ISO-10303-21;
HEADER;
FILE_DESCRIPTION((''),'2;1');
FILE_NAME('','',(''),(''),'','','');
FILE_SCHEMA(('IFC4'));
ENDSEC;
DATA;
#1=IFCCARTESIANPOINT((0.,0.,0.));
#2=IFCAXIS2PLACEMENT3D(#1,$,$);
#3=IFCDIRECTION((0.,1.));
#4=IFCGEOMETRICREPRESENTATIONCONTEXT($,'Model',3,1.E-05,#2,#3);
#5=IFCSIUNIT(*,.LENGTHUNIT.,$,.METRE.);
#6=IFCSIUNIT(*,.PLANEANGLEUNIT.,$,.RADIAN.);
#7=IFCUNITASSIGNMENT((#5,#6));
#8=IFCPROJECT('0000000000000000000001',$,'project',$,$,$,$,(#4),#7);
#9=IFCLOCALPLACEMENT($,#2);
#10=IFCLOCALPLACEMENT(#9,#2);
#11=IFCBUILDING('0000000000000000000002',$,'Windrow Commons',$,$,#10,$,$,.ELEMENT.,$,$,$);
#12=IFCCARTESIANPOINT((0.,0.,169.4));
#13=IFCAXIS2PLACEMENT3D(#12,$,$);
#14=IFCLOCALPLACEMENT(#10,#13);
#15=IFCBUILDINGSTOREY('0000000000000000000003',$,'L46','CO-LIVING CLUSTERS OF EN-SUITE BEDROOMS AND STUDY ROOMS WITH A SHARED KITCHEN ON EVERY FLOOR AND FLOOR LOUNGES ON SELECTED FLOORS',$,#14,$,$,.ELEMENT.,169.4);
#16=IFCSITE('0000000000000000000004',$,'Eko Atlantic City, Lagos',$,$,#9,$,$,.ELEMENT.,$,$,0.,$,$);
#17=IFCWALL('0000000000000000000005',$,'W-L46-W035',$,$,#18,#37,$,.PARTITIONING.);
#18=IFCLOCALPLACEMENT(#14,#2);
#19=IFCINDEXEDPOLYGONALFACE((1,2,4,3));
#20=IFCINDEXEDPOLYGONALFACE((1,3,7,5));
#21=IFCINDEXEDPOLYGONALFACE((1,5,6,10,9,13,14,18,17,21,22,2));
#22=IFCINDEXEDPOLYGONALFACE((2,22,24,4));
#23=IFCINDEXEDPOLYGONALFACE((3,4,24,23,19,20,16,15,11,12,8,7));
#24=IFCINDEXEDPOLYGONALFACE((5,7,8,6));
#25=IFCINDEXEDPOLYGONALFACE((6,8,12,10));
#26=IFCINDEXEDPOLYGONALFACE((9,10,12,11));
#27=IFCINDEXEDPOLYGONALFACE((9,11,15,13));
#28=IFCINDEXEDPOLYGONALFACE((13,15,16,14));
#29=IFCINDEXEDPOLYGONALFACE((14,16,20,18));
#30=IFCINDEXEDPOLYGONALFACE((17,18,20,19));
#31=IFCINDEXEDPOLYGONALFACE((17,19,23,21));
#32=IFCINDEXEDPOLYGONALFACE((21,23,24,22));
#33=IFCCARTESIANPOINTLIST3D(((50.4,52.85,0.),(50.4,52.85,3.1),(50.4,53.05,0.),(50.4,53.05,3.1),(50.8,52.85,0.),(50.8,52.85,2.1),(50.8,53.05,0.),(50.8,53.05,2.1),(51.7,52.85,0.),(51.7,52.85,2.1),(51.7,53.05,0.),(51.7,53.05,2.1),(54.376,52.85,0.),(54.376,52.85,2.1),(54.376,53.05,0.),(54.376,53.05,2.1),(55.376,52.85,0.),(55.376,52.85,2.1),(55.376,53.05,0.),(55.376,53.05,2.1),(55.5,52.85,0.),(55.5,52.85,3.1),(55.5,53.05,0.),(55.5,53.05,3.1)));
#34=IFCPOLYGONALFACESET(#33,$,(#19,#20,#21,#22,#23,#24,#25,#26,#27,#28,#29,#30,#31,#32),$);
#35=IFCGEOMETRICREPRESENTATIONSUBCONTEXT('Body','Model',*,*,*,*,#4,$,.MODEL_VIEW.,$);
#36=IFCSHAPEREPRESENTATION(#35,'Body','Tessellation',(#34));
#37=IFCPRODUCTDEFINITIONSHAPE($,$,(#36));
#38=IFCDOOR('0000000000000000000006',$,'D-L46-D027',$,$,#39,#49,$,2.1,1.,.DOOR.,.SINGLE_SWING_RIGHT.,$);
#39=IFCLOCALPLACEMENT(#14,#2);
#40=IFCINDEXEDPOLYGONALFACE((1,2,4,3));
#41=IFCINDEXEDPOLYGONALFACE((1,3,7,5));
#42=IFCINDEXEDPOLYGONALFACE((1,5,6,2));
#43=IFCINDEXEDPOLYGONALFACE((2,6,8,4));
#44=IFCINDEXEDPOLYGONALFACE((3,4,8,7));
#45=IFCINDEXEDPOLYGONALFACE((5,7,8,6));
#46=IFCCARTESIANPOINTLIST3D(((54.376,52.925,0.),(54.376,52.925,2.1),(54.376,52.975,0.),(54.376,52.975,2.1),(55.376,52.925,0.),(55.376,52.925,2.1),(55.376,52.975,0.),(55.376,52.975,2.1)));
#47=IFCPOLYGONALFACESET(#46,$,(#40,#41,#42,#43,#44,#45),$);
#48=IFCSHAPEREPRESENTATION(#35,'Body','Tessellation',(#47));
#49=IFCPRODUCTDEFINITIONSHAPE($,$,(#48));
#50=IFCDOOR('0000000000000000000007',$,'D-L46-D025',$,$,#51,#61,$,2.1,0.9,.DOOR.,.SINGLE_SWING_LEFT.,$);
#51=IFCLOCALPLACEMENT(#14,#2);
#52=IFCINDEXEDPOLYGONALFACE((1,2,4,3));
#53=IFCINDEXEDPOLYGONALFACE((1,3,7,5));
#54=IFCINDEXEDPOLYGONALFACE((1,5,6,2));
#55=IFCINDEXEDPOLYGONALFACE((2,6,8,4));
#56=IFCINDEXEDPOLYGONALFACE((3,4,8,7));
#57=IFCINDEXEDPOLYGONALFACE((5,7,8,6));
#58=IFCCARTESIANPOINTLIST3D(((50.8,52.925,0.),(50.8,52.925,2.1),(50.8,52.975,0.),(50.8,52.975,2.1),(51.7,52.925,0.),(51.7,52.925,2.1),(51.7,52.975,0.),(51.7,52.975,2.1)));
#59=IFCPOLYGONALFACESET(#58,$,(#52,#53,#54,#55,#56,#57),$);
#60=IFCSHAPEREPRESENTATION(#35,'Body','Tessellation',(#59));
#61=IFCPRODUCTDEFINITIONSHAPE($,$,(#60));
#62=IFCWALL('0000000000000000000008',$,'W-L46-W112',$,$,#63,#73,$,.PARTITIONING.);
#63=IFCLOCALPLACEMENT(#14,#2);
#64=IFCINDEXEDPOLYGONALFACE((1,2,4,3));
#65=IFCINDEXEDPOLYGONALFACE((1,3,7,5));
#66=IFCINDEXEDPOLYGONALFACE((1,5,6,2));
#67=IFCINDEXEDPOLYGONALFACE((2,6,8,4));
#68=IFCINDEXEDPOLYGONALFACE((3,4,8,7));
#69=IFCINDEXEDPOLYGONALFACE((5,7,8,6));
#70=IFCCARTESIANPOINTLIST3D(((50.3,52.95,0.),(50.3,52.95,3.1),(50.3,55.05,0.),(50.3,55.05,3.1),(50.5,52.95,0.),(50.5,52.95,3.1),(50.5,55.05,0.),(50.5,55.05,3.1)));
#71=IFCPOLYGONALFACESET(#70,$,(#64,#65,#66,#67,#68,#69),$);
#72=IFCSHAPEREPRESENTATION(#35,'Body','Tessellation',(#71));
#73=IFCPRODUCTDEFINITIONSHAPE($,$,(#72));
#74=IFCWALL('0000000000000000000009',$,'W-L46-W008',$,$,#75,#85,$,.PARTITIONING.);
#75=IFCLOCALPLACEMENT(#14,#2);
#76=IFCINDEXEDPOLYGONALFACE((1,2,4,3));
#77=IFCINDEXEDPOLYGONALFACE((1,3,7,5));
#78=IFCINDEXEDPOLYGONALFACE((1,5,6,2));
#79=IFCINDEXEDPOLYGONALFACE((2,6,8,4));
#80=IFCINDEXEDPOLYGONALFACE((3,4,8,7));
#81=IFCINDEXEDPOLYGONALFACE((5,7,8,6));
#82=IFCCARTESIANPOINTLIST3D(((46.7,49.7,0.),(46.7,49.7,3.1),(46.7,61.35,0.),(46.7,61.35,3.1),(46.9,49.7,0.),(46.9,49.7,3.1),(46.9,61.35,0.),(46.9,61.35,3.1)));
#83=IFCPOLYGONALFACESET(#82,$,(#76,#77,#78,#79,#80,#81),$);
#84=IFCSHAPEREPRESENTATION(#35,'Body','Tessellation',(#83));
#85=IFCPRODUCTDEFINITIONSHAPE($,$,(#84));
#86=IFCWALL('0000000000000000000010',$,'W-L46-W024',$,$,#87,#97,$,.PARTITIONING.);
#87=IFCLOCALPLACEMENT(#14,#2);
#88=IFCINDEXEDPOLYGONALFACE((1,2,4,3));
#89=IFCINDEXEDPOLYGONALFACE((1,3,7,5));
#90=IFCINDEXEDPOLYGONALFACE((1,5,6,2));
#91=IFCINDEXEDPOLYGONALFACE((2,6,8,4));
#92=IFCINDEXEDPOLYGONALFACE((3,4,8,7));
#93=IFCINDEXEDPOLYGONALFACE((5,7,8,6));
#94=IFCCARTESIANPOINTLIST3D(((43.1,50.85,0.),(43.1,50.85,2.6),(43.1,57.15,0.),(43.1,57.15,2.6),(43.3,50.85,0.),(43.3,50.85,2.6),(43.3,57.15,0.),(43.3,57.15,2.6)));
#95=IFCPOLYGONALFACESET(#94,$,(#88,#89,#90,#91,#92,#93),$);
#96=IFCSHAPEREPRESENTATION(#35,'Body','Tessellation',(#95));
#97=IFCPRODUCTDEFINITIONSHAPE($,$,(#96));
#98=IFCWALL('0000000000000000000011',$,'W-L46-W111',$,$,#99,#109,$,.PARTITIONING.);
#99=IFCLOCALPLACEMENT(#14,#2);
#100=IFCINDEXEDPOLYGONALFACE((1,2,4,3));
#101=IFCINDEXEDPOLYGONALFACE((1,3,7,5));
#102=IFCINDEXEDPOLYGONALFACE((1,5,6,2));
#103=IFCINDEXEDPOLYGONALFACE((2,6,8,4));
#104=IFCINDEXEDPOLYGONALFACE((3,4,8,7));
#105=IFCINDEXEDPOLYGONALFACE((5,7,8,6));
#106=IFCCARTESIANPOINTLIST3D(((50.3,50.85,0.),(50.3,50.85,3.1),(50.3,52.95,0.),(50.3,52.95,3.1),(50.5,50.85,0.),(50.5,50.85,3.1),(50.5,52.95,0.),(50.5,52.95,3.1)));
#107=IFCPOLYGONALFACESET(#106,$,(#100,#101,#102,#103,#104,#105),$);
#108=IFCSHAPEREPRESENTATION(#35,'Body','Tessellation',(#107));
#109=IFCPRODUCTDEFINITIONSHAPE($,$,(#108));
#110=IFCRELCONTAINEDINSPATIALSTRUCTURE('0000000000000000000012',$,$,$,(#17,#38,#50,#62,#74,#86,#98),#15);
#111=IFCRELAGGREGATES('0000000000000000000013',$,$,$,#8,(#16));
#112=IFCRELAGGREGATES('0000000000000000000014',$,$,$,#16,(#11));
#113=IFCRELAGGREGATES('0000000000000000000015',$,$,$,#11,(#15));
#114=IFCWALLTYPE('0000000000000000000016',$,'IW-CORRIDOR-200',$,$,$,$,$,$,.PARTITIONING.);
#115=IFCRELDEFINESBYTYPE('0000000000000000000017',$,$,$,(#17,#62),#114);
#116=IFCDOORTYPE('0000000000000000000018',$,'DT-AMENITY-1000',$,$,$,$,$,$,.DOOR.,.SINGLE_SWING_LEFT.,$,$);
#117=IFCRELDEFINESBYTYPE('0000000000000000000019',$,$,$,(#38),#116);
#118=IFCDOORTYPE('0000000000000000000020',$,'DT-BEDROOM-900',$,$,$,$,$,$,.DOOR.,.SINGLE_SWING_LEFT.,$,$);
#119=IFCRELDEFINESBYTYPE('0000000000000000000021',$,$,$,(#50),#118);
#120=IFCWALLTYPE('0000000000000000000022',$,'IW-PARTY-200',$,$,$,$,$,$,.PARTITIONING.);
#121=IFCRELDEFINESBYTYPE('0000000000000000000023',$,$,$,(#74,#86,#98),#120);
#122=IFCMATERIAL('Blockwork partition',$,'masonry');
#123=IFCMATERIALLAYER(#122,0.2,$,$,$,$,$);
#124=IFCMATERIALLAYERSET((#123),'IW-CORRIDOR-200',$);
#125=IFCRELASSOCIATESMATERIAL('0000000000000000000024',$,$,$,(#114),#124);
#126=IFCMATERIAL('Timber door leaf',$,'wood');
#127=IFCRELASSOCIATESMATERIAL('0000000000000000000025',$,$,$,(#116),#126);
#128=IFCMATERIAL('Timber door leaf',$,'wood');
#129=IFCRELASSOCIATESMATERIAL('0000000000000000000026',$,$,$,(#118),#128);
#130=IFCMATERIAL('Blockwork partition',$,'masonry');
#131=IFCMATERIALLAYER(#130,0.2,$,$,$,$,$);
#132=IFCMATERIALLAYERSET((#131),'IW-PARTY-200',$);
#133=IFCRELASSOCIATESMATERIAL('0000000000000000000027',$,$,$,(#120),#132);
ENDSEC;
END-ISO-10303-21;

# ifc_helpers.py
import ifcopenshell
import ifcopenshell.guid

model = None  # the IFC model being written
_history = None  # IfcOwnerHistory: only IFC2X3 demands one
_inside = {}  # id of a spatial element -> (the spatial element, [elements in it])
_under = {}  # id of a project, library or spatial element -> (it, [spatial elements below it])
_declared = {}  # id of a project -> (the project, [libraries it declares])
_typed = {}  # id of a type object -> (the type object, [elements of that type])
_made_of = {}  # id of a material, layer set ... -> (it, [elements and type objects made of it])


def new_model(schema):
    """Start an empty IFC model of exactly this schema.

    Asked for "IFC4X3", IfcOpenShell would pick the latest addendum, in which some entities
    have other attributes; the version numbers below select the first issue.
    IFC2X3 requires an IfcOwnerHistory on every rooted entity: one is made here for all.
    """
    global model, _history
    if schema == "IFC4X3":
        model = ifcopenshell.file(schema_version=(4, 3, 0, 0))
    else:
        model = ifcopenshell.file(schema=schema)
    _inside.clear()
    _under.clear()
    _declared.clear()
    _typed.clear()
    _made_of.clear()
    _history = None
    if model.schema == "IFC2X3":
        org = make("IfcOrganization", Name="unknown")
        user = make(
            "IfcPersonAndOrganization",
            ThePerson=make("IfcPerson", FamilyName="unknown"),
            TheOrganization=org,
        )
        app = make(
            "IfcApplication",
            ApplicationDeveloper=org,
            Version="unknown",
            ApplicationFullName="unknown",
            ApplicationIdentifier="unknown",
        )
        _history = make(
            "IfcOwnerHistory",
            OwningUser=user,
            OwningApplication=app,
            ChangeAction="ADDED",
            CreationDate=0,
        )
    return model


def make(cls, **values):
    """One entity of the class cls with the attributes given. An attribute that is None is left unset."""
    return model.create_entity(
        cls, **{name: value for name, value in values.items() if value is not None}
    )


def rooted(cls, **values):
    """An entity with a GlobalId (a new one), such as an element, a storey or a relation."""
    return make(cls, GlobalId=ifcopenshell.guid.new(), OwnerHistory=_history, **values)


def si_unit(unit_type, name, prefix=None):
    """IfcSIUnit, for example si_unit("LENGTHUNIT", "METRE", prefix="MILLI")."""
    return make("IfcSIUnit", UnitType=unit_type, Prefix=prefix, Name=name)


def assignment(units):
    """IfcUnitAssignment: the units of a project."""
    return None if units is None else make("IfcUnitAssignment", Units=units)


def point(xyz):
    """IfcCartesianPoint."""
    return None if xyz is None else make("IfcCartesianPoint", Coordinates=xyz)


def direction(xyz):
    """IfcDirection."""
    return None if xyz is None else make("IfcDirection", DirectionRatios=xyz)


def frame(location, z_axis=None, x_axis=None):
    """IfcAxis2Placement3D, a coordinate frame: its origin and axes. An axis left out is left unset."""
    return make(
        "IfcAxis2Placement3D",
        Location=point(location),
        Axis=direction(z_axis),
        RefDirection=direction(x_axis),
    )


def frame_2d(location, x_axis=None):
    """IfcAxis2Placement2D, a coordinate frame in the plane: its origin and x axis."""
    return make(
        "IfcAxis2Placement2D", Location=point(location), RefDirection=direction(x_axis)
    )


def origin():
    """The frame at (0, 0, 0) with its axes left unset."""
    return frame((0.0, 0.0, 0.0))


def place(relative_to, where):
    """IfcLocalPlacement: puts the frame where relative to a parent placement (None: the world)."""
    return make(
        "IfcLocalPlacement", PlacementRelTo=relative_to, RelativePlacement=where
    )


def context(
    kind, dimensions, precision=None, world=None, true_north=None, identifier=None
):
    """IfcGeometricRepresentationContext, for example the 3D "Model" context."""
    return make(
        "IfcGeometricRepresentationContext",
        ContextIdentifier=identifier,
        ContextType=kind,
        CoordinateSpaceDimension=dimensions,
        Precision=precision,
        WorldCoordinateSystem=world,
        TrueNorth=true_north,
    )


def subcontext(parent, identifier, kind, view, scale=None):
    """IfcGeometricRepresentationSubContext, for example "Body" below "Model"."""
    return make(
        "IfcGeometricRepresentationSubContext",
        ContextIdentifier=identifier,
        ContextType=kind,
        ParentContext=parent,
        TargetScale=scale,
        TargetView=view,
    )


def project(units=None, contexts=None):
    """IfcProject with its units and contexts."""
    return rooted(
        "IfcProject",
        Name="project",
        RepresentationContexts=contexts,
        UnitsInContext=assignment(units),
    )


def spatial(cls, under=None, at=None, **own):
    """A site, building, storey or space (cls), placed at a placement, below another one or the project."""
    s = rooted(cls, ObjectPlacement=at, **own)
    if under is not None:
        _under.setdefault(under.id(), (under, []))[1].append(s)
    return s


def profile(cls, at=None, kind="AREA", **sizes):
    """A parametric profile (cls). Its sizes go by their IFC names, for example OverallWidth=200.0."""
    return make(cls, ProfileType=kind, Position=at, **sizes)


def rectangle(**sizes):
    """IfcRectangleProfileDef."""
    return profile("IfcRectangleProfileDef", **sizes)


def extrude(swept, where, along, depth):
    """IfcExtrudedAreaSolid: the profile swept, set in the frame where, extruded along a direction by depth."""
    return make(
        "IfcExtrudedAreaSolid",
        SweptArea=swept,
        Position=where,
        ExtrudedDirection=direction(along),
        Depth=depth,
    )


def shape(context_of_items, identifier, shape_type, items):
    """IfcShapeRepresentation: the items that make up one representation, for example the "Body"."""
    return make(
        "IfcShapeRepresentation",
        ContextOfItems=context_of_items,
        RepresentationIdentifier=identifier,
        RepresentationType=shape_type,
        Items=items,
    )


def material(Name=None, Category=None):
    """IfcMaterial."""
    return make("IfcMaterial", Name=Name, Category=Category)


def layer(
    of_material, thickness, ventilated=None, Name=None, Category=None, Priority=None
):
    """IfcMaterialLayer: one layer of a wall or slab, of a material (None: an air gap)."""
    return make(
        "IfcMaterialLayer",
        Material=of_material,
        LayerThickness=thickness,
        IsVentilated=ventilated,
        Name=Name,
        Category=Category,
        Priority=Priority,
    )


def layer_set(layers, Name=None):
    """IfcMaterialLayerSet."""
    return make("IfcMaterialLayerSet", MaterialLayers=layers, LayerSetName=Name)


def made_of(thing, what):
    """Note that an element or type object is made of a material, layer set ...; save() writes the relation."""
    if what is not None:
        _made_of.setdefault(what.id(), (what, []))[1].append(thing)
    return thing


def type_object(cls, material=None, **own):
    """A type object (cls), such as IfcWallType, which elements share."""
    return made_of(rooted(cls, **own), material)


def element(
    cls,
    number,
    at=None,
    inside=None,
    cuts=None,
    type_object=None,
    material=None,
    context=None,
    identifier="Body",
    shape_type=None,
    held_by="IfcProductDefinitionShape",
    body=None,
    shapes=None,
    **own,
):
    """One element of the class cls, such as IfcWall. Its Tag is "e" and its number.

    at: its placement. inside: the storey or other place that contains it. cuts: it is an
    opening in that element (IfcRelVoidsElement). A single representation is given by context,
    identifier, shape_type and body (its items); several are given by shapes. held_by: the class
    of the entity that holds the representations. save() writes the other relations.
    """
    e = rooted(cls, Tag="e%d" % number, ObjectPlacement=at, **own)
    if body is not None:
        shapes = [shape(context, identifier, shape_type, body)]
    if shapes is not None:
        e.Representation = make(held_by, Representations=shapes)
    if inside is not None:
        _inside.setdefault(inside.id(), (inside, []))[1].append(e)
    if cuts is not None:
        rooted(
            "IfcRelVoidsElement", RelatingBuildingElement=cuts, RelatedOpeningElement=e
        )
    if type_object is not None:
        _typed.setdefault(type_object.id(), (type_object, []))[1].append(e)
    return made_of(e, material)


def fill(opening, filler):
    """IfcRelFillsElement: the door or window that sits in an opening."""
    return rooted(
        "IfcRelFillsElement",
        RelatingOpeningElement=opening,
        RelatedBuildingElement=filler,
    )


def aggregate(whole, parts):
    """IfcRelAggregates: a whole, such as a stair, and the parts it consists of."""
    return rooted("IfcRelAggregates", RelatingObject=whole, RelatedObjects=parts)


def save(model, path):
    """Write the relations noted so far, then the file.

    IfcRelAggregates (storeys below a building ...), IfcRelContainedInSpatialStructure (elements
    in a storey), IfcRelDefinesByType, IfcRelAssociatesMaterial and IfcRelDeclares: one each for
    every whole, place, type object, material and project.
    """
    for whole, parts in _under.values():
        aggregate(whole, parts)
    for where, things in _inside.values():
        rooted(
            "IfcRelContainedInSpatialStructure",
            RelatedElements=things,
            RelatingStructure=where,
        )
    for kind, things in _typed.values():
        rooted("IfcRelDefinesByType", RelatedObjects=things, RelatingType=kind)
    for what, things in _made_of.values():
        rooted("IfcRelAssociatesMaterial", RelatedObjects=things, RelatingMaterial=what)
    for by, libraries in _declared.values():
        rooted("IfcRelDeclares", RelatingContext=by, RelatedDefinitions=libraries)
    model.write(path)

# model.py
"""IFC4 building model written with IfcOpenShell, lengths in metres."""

from ifc_helpers import new_model, si_unit, direction, frame, frame_2d, origin, place, context, subcontext, project, spatial, rectangle, extrude, material, layer, layer_set, type_object, element, fill, save


model = new_model("IFC4")

# Units and contexts
model_context = context("Model", 3, precision=1e-05, world=origin(), true_north=direction((0.0, 1.0)))
body_context = subcontext(model_context, "Body", "Model", "MODEL_VIEW")
ifc_project = project(units=[si_unit("LENGTHUNIT", "METRE"), si_unit("PLANEANGLEUNIT", "RADIAN")], contexts=[model_context])

# Site, building, storey
site_placement = place(None, origin())
site = spatial("IfcSite", under=ifc_project, at=site_placement, Name="Eko Atlantic City, Lagos", CompositionType="ELEMENT", RefElevation=0.0)
building_placement = place(site_placement, origin())
building = spatial("IfcBuilding", under=site, at=building_placement, Name="Windrow Commons", CompositionType="ELEMENT")
storey_placement = place(building_placement, frame((0.0, 0.0, 169.4)))
storey = spatial("IfcBuildingStorey", under=building, at=storey_placement, Name="L46", Description="CO-LIVING CLUSTERS OF EN-SUITE BEDROOMS AND STUDY ROOMS WITH A SHARED KITCHEN ON EVERY FLOOR AND FLOOR LOUNGES ON SELECTED FLOORS", CompositionType="ELEMENT", Elevation=169.4)

# Wall, openings, doors
ifc_material_1 = material(Name="Blockwork partition", Category="masonry")
ifc_layer_1 = layer(ifc_material_1, 0.2)
ifc_layer_set_1 = layer_set([ifc_layer_1], Name="IW-CORRIDOR-200")
wall_type_1 = type_object("IfcWallType", Name="IW-CORRIDOR-200", PredefinedType="PARTITIONING", material=ifc_layer_set_1)
wall_1_placement = place(storey_placement, frame((50.4, 52.95, 0.0), z_axis=(0.0, 0.0, 1.0), x_axis=(1.0, 0.0, 0.0)))
wall_1 = element("IfcWall", 1, at=wall_1_placement, inside=storey, type_object=wall_type_1, Name="W-L46-W035", PredefinedType="PARTITIONING", context=body_context, shape_type="SweptSolid", body=[
    extrude(rectangle(XDim=5.1, YDim=0.2, at=frame_2d((2.55, 0.0))), origin(), (0.0, 0.0, 1.0), 3.1),
])
opening_1_placement = place(wall_1_placement, frame((0.4, 0.0, 0.0)))
opening_1 = element("IfcOpeningElement", 2, at=opening_1_placement, cuts=wall_1, PredefinedType="OPENING", context=body_context, shape_type="SweptSolid", body=[
    extrude(rectangle(XDim=0.9, YDim=2.1, at=frame_2d((0.45, 1.05))), frame((0.0, 0.11, 0.0), z_axis=(0.0, -1.0, 0.0), x_axis=(1.0, 0.0, 0.0)), (0.0, 0.0, 1.0), 0.22),
])
opening_2_placement = place(wall_1_placement, frame((3.976, 0.0, 0.0)))
opening_2 = element("IfcOpeningElement", 3, at=opening_2_placement, cuts=wall_1, PredefinedType="OPENING", context=body_context, shape_type="SweptSolid", body=[
    extrude(rectangle(XDim=1.0, YDim=2.1, at=frame_2d((0.5, 1.05))), frame((0.0, 0.11, 0.0), z_axis=(0.0, -1.0, 0.0), x_axis=(1.0, 0.0, 0.0)), (0.0, 0.0, 1.0), 0.22),
])
ifc_material_2 = material(Name="Timber door leaf", Category="wood")
door_type_1 = type_object("IfcDoorType", Name="DT-AMENITY-1000", OperationType="SINGLE_SWING_LEFT", PredefinedType="DOOR", material=ifc_material_2)
door_1_placement = place(opening_2_placement, origin())
door_1 = element("IfcDoor", 4, at=door_1_placement, inside=storey, type_object=door_type_1, Name="D-L46-D027", OperationType="SINGLE_SWING_RIGHT", OverallHeight=2.1, OverallWidth=1.0, PredefinedType="DOOR", context=body_context, shape_type="SweptSolid", body=[
    extrude(rectangle(XDim=1.0, YDim=2.1, at=frame_2d((0.5, 1.05))), frame((0.0, 0.025, 0.0), z_axis=(0.0, -1.0, 0.0), x_axis=(1.0, 0.0, 0.0)), (0.0, 0.0, 1.0), 0.05),
])
fill(opening_2, door_1)
ifc_material_3 = material(Name="Timber door leaf", Category="wood")
door_type_2 = type_object("IfcDoorType", Name="DT-BEDROOM-900", OperationType="SINGLE_SWING_LEFT", PredefinedType="DOOR", material=ifc_material_3)
door_2_placement = place(opening_1_placement, origin())
door_2 = element("IfcDoor", 5, at=door_2_placement, inside=storey, type_object=door_type_2, Name="D-L46-D025", OperationType="SINGLE_SWING_LEFT", OverallHeight=2.1, OverallWidth=0.9, PredefinedType="DOOR", context=body_context, shape_type="SweptSolid", body=[
    extrude(rectangle(XDim=0.9, YDim=2.1, at=frame_2d((0.45, 1.05))), frame((0.0, 0.025, 0.0), z_axis=(0.0, -1.0, 0.0), x_axis=(1.0, 0.0, 0.0)), (0.0, 0.0, 1.0), 0.05),
])
fill(opening_1, door_2)

# Walls
wall_2_placement = place(storey_placement, frame((50.4, 52.95, 0.0), z_axis=(0.0, 0.0, 1.0), x_axis=(0.0, 1.0, 0.0)))
element("IfcWall", 6, at=wall_2_placement, inside=storey, type_object=wall_type_1, Name="W-L46-W112", PredefinedType="PARTITIONING", context=body_context, shape_type="SweptSolid", body=[
    extrude(rectangle(XDim=2.1, YDim=0.2, at=frame_2d((1.05, 0.0))), origin(), (0.0, 0.0, 1.0), 3.1),
])
ifc_material_4 = material(Name="Blockwork partition", Category="masonry")
ifc_layer_2 = layer(ifc_material_4, 0.2)
ifc_layer_set_2 = layer_set([ifc_layer_2], Name="IW-PARTY-200")
wall_type_2 = type_object("IfcWallType", Name="IW-PARTY-200", PredefinedType="PARTITIONING", material=ifc_layer_set_2)
wall_3_placement = place(storey_placement, frame((46.8, 49.7, 0.0), z_axis=(0.0, 0.0, 1.0), x_axis=(0.0, 1.0, 0.0)))
element("IfcWall", 7, at=wall_3_placement, inside=storey, type_object=wall_type_2, Name="W-L46-W008", PredefinedType="PARTITIONING", context=body_context, shape_type="SweptSolid", body=[
    extrude(rectangle(XDim=11.65, YDim=0.2, at=frame_2d((5.825, 0.0))), origin(), (0.0, 0.0, 1.0), 3.1),
])
wall_4_placement = place(storey_placement, frame((43.2, 50.85, 0.0), z_axis=(0.0, 0.0, 1.0), x_axis=(0.0, 1.0, 0.0)))
element("IfcWall", 8, at=wall_4_placement, inside=storey, type_object=wall_type_2, Name="W-L46-W024", PredefinedType="PARTITIONING", context=body_context, shape_type="SweptSolid", body=[
    extrude(rectangle(XDim=6.3, YDim=0.2, at=frame_2d((3.15, 0.0))), origin(), (0.0, 0.0, 1.0), 2.6),
])
wall_5_placement = place(storey_placement, frame((50.4, 50.85, 0.0), z_axis=(0.0, 0.0, 1.0), x_axis=(0.0, 1.0, 0.0)))
element("IfcWall", 9, at=wall_5_placement, inside=storey, type_object=wall_type_2, Name="W-L46-W111", PredefinedType="PARTITIONING", context=body_context, shape_type="SweptSolid", body=[
    extrude(rectangle(XDim=2.1, YDim=0.2, at=frame_2d((1.05, 0.0))), origin(), (0.0, 0.0, 1.0), 3.1),
])

save(model, "model.ifc")
